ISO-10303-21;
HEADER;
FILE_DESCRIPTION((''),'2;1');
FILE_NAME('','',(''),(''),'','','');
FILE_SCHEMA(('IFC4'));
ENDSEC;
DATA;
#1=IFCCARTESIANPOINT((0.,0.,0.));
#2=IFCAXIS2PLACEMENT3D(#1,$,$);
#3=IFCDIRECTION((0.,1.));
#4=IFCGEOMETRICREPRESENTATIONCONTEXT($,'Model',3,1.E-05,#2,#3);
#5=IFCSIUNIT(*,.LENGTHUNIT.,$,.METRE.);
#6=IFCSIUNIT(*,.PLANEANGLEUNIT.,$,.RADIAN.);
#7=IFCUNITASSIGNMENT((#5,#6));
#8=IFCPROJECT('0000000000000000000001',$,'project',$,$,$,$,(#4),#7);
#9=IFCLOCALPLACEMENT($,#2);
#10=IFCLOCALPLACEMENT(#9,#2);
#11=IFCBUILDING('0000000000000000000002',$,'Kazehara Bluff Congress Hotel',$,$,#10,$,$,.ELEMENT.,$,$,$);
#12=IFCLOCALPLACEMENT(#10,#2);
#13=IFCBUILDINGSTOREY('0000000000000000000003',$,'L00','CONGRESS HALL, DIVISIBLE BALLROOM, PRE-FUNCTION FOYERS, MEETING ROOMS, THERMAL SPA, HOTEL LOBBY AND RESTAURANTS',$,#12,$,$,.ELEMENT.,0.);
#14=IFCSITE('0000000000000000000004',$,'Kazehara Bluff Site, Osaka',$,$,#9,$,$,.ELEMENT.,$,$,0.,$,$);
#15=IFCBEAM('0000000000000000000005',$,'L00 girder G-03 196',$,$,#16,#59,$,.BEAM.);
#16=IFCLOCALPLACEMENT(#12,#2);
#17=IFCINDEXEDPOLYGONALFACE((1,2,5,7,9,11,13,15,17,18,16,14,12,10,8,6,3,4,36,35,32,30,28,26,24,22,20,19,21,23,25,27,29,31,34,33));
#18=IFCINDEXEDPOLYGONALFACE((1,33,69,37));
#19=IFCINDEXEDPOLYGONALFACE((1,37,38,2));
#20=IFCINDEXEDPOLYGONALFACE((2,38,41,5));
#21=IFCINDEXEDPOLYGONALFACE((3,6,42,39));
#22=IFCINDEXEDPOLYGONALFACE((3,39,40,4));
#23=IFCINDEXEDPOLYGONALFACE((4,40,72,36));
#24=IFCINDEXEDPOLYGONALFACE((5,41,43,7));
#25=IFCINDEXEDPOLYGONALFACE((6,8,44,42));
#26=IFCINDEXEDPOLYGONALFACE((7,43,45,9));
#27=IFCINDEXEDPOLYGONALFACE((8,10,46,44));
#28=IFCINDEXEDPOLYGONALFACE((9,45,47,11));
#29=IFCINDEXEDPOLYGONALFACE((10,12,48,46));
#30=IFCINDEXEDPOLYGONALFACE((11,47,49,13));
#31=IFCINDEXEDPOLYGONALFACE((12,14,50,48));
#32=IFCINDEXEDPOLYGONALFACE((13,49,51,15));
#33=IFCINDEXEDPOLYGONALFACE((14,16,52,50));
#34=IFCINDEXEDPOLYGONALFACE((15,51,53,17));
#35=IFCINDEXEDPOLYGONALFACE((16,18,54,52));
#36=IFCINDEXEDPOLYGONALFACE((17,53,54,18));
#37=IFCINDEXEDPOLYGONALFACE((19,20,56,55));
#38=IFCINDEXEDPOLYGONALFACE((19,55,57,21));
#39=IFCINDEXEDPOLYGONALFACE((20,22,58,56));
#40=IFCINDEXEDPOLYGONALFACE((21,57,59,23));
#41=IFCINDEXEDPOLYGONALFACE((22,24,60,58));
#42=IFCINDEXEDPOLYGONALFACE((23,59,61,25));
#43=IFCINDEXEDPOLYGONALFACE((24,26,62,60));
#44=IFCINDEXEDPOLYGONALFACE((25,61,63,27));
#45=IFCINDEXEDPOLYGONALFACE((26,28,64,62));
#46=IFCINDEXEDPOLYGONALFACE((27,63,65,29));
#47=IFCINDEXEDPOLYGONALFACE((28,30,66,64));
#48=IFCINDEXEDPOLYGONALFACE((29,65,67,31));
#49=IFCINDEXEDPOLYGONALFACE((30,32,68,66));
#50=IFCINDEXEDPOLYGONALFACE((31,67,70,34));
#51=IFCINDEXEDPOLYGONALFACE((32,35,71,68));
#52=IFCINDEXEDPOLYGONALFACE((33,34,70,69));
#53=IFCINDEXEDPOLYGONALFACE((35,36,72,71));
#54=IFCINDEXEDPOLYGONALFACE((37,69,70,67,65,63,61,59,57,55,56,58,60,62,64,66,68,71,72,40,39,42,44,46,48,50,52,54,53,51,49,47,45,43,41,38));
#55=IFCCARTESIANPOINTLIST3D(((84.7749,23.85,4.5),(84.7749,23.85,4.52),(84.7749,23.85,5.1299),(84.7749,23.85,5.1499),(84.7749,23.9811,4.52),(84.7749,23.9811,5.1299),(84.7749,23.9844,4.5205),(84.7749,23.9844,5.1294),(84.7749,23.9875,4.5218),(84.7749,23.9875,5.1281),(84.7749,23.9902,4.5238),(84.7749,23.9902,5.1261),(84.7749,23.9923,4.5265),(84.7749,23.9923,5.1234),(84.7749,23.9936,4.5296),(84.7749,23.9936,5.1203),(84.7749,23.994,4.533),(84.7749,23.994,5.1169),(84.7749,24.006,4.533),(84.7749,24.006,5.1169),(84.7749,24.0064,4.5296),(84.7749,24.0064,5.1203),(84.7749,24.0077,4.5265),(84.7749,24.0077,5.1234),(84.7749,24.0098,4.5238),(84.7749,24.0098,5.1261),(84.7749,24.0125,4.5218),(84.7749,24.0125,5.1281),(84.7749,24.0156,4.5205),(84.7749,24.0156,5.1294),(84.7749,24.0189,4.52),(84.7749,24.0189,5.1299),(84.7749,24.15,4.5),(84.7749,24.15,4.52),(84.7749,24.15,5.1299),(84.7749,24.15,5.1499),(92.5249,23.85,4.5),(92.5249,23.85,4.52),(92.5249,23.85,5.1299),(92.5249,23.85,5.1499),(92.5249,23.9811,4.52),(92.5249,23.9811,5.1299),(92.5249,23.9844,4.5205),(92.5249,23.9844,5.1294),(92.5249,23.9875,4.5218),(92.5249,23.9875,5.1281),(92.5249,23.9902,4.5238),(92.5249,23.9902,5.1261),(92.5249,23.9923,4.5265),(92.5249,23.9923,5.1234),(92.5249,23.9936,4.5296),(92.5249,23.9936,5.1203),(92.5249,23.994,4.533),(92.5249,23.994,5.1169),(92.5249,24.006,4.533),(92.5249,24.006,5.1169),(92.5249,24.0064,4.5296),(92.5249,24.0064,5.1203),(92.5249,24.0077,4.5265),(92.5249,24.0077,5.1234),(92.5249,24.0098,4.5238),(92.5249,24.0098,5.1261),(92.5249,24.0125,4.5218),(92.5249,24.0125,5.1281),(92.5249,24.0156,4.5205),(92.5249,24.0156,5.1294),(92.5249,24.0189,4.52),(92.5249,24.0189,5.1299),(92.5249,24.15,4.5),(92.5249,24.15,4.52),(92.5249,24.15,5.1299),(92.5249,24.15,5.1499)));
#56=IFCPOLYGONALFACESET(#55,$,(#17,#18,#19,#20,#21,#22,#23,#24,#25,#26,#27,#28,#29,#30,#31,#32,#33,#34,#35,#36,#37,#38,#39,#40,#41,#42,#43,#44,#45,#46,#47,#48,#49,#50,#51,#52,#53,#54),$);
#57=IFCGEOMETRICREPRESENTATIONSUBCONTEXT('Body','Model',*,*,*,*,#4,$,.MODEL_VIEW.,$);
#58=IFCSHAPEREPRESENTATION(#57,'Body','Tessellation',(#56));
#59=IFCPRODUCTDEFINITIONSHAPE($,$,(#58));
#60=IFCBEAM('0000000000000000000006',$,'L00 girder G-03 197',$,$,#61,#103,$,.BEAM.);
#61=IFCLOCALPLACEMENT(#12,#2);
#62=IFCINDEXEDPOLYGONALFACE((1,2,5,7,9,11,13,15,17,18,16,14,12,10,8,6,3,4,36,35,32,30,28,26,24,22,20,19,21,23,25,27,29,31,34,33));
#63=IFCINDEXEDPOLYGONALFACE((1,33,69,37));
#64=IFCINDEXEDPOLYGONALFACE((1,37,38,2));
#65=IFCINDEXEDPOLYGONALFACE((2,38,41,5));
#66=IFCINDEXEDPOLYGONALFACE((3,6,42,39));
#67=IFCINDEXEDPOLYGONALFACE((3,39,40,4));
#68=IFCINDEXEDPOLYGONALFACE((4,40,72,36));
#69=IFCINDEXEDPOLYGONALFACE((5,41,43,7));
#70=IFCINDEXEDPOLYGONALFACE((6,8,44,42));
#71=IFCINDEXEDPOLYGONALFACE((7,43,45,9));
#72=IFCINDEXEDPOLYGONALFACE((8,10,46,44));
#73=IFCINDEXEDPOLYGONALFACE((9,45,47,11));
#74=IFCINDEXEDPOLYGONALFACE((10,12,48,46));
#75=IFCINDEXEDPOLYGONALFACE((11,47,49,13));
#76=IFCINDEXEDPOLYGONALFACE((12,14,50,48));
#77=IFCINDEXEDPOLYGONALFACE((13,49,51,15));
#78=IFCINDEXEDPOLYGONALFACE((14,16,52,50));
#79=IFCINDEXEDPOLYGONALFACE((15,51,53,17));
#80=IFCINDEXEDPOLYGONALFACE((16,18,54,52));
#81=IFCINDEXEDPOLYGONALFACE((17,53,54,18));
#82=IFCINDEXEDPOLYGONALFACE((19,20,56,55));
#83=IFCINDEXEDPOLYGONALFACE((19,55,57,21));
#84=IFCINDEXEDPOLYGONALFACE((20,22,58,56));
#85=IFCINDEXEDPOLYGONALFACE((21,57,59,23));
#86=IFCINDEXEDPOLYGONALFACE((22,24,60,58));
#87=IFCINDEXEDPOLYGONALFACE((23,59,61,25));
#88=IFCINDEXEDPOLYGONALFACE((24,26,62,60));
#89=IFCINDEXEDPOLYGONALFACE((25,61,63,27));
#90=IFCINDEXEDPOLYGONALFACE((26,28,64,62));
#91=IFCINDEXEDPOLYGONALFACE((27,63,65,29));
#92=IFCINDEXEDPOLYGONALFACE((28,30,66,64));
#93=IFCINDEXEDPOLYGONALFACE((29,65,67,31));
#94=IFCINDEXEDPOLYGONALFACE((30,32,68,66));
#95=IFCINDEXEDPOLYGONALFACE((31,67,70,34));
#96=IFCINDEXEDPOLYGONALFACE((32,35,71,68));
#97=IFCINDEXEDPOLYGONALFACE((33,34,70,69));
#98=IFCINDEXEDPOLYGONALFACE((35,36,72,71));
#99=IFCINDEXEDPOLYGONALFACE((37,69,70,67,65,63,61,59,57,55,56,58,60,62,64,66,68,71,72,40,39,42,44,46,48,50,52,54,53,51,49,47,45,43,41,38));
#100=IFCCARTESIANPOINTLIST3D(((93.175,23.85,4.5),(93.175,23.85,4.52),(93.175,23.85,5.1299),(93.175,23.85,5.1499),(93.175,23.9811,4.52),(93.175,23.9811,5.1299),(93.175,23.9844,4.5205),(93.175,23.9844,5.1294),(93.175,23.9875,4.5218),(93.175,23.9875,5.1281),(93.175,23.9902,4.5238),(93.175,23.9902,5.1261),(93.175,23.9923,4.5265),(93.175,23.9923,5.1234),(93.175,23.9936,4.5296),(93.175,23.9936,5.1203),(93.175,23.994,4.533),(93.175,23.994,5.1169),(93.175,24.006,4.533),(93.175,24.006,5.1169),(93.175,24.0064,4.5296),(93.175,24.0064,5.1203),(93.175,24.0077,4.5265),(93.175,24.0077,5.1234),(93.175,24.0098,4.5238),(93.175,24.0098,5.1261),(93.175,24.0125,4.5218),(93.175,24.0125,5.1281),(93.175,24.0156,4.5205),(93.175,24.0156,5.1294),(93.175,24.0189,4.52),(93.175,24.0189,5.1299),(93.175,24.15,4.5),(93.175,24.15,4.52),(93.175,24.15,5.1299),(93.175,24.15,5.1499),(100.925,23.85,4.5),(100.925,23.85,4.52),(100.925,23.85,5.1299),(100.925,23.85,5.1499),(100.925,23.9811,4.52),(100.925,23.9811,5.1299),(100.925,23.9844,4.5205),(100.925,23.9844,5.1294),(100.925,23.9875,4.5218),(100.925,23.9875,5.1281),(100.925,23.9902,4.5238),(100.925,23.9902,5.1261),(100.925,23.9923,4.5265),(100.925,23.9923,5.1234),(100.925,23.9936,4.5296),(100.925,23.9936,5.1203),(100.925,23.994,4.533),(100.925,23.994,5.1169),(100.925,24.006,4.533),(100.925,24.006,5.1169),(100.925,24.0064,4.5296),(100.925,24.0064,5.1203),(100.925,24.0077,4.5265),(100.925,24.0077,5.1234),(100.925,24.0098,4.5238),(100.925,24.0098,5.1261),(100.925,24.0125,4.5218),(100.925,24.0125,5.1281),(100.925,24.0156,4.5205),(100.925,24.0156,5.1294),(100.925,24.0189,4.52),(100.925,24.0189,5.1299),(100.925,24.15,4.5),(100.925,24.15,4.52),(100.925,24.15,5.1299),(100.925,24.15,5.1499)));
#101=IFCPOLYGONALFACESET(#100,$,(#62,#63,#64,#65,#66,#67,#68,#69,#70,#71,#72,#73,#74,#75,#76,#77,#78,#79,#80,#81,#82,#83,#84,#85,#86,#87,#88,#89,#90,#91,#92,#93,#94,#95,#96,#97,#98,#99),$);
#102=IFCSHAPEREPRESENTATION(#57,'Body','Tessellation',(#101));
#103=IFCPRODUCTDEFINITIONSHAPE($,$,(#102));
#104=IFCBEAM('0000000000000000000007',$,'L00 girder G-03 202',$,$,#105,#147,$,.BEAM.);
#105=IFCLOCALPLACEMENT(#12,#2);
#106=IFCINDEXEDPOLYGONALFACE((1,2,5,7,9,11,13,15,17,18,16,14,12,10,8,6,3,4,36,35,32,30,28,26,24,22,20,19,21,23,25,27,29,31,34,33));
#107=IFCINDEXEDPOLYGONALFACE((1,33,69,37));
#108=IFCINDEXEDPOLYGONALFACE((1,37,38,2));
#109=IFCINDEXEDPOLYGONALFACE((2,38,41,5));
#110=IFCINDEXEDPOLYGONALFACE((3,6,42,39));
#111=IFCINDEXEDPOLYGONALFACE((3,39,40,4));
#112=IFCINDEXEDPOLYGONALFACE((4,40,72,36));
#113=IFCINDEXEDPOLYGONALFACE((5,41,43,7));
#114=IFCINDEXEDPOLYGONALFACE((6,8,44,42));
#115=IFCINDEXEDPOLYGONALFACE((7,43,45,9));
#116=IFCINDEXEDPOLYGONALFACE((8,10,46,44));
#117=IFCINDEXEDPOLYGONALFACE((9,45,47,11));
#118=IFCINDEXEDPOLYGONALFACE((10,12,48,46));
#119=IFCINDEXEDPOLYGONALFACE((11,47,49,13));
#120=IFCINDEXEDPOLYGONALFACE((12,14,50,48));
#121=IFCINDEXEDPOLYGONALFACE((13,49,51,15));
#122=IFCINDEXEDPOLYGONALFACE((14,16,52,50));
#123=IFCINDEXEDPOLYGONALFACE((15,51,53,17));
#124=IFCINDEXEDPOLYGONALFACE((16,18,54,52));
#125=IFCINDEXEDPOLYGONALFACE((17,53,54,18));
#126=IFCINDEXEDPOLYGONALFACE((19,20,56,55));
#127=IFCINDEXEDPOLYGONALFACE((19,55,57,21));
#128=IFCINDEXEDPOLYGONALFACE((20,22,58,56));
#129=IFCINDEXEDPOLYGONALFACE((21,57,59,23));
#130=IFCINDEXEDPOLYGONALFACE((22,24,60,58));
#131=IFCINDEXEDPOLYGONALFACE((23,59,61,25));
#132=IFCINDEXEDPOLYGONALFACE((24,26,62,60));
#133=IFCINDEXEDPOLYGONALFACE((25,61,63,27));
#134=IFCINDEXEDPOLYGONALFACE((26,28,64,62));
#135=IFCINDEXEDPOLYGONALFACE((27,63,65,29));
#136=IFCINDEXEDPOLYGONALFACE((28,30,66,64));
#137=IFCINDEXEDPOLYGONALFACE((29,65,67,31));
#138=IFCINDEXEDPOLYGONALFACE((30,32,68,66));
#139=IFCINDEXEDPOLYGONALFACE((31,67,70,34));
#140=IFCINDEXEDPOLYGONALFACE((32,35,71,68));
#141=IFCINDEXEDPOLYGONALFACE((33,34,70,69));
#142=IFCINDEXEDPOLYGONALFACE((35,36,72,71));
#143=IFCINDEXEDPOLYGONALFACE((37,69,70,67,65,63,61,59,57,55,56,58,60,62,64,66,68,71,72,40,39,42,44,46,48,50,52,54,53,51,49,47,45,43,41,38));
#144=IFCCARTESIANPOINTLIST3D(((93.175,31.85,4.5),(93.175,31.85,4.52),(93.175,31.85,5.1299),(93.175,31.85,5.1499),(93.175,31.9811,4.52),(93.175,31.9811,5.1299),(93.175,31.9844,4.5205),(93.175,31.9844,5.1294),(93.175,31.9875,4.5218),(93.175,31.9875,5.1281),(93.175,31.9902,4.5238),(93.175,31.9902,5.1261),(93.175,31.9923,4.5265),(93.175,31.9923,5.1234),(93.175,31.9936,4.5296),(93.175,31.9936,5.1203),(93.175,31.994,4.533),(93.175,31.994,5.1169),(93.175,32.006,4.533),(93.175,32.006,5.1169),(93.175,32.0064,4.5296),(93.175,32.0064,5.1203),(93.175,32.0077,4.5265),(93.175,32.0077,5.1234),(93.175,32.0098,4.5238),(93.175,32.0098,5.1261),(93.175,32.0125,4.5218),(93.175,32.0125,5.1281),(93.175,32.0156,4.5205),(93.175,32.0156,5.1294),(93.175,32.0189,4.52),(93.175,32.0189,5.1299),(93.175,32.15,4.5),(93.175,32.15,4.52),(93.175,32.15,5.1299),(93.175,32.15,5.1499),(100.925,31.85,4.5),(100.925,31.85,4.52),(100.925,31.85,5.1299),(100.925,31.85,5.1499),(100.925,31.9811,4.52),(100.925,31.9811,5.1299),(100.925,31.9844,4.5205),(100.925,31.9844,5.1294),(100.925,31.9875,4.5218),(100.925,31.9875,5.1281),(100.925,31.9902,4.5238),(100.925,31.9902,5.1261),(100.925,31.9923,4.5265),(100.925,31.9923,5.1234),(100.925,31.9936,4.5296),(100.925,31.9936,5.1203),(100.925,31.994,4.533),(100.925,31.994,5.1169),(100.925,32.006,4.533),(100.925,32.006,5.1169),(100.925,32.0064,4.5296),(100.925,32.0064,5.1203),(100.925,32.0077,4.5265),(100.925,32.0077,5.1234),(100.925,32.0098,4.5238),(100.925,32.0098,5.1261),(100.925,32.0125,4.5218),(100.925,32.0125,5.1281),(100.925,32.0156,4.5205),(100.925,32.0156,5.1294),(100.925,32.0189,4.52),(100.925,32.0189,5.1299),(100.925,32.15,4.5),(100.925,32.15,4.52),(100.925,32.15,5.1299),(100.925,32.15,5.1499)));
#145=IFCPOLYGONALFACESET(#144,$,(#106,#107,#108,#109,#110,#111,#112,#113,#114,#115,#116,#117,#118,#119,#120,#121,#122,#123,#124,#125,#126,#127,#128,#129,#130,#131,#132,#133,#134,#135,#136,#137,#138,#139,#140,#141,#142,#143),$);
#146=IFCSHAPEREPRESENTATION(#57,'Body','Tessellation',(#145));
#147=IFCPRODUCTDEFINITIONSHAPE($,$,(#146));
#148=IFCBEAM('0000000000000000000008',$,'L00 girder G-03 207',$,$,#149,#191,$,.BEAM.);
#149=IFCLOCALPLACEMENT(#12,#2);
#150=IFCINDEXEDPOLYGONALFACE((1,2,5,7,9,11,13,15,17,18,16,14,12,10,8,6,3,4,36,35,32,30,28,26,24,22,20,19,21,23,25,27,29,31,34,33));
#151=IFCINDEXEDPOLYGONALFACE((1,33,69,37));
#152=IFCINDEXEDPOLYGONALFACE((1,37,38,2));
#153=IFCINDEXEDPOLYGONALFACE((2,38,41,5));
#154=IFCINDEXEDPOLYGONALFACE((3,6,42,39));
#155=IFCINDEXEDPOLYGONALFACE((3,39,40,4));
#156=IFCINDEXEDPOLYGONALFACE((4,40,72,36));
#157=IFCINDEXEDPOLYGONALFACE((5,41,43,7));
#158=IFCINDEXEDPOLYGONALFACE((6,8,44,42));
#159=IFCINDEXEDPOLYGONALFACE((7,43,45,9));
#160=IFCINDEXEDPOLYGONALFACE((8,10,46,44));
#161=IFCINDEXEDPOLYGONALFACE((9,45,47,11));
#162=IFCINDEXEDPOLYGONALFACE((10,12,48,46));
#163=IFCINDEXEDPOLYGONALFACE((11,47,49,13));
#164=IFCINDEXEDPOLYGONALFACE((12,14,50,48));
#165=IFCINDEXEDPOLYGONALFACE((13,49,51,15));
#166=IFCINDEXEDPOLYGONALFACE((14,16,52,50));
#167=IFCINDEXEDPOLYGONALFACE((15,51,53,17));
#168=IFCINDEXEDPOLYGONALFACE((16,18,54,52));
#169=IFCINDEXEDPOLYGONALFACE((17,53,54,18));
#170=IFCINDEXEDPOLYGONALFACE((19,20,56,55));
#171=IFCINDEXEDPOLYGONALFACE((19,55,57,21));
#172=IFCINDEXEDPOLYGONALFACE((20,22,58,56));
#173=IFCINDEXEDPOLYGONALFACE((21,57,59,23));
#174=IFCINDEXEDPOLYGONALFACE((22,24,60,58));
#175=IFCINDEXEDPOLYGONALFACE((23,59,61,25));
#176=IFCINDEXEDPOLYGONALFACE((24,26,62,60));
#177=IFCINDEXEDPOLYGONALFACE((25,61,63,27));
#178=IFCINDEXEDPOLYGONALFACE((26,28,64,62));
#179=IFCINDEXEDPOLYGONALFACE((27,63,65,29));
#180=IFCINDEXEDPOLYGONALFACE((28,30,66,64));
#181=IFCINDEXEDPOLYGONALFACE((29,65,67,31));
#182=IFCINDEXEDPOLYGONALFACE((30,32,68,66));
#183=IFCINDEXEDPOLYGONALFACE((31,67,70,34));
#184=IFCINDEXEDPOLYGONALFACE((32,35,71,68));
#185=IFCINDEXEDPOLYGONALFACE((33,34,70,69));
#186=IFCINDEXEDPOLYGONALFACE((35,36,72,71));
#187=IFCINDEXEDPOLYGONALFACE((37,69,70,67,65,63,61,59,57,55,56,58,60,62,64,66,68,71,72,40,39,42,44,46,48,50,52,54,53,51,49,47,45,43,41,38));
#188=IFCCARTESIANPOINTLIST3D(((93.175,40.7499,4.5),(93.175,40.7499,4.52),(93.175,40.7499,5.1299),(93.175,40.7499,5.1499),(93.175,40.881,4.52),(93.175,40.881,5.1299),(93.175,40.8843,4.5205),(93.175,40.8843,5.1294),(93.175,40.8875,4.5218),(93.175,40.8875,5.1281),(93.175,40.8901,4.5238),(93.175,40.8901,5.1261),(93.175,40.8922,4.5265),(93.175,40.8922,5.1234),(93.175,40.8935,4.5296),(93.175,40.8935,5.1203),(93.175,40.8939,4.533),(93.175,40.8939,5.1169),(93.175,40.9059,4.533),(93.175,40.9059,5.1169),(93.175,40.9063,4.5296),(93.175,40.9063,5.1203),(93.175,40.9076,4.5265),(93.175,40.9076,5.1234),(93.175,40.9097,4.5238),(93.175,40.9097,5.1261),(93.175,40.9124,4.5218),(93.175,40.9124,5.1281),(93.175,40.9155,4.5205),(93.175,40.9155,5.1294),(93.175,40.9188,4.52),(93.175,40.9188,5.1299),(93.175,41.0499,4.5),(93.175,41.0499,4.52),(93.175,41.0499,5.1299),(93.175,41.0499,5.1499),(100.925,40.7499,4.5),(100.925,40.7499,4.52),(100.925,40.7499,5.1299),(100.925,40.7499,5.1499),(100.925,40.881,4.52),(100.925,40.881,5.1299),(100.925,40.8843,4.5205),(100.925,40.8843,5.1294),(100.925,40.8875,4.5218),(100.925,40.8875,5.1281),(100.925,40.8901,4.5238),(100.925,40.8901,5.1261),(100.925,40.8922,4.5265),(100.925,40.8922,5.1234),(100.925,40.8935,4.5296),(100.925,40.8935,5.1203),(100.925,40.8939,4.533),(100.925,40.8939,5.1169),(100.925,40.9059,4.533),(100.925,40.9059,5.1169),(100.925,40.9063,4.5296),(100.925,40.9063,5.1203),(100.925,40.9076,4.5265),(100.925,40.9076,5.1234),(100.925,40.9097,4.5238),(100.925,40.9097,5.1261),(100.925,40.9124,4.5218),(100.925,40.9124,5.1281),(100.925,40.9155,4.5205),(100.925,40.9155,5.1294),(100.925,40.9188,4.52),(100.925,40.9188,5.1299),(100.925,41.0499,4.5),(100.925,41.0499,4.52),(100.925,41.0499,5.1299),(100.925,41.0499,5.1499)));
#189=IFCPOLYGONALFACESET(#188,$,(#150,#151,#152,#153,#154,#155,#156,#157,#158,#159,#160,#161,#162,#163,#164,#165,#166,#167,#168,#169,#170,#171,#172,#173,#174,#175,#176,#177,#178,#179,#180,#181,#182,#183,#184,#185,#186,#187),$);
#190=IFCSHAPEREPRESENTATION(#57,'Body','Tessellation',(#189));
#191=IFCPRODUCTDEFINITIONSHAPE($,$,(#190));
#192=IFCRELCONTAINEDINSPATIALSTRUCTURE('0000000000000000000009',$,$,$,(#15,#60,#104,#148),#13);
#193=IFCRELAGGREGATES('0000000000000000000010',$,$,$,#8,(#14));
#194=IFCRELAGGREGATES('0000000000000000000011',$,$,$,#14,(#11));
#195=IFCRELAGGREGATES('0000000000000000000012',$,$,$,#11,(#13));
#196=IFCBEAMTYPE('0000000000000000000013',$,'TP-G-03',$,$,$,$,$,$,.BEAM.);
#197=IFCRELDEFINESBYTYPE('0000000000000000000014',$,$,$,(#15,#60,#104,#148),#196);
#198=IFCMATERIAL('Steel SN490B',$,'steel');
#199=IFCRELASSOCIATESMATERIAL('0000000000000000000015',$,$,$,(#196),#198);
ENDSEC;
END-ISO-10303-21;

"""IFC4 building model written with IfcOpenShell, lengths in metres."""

from ifc_helpers import new_model, si_unit, direction, frame, origin, origin_2d, place, context, subcontext, project, spatial, i_section, extrude, material, material_profile, profile_set, type_object, element, save


model = new_model("IFC4")

# Units and contexts
model_context = context("Model", 3, precision=1e-05, world=origin(), true_north=direction((0.0, 1.0)))
body_context = subcontext(model_context, "Body", "Model", "MODEL_VIEW")
ifc_project = project(units=[si_unit("LENGTHUNIT", "METRE"), si_unit("PLANEANGLEUNIT", "RADIAN")], contexts=[model_context])

# Site, building, storey
site_placement = place(None, origin())
site = spatial("IfcSite", under=ifc_project, at=site_placement, Name="Kazehara Bluff Site, Osaka", CompositionType="ELEMENT", RefElevation=0.0)
building_placement = place(site_placement, origin())
building = spatial("IfcBuilding", under=site, at=building_placement, Name="Kazehara Bluff Congress Hotel", CompositionType="ELEMENT")
storey_placement = place(building_placement, origin())
storey = spatial("IfcBuildingStorey", under=building, at=storey_placement, Name="L00", Description="CONGRESS HALL, DIVISIBLE BALLROOM, PRE-FUNCTION FOYERS, MEETING ROOMS, THERMAL SPA, HOTEL LOBBY AND RESTAURANTS", CompositionType="ELEMENT", Elevation=0.0)

# Beams
ifc_material_1 = material(Name="Steel SN490B", Category="steel")
ifc_material_profile_1 = material_profile(ifc_material_1, i_section(OverallWidth=0.3, OverallDepth=0.6499, WebThickness=0.012, FlangeThickness=0.02, FilletRadius=0.0129, at=origin_2d()))
ifc_profile_set_1 = profile_set([ifc_material_profile_1], Name="Steel SN490B")
beam_type_1 = type_object("IfcBeamType", Name="TP-G-03", PredefinedType="BEAM", material=ifc_profile_set_1)
for number, where, z_axis, x_axis, name in (
    (1, (84.7749, 24.0, 4.825), (1.0, 0.0, 0.0), (0.0, 1.0, 0.0), "L00 girder G-03 196"),
    (2, (93.175, 24.0, 4.825), (1.0, 0.0, 0.0), (0.0, 1.0, 0.0), "L00 girder G-03 197"),
    (3, (93.175, 32.0, 4.825), (1.0, 0.0, 0.0), (0.0, 1.0, 0.0), "L00 girder G-03 202"),
    (4, (93.175, 40.8999, 4.825), (1.0, 0.0, 0.0), (0.0, 1.0, 0.0), "L00 girder G-03 207"),
):
    element("IfcBeam", number, at=place(storey_placement, frame(where, z_axis=z_axis, x_axis=x_axis)), inside=storey, type_object=beam_type_1, Name=name, PredefinedType="BEAM", context=body_context, shape_type="SweptSolid", body=[
        extrude(i_section(OverallWidth=0.3, OverallDepth=0.6499, WebThickness=0.012, FlangeThickness=0.02, FilletRadius=0.0129, at=origin_2d()), origin(), (0.0, 0.0, 1.0), 7.75),
    ])

save(model, "model.ifc")
